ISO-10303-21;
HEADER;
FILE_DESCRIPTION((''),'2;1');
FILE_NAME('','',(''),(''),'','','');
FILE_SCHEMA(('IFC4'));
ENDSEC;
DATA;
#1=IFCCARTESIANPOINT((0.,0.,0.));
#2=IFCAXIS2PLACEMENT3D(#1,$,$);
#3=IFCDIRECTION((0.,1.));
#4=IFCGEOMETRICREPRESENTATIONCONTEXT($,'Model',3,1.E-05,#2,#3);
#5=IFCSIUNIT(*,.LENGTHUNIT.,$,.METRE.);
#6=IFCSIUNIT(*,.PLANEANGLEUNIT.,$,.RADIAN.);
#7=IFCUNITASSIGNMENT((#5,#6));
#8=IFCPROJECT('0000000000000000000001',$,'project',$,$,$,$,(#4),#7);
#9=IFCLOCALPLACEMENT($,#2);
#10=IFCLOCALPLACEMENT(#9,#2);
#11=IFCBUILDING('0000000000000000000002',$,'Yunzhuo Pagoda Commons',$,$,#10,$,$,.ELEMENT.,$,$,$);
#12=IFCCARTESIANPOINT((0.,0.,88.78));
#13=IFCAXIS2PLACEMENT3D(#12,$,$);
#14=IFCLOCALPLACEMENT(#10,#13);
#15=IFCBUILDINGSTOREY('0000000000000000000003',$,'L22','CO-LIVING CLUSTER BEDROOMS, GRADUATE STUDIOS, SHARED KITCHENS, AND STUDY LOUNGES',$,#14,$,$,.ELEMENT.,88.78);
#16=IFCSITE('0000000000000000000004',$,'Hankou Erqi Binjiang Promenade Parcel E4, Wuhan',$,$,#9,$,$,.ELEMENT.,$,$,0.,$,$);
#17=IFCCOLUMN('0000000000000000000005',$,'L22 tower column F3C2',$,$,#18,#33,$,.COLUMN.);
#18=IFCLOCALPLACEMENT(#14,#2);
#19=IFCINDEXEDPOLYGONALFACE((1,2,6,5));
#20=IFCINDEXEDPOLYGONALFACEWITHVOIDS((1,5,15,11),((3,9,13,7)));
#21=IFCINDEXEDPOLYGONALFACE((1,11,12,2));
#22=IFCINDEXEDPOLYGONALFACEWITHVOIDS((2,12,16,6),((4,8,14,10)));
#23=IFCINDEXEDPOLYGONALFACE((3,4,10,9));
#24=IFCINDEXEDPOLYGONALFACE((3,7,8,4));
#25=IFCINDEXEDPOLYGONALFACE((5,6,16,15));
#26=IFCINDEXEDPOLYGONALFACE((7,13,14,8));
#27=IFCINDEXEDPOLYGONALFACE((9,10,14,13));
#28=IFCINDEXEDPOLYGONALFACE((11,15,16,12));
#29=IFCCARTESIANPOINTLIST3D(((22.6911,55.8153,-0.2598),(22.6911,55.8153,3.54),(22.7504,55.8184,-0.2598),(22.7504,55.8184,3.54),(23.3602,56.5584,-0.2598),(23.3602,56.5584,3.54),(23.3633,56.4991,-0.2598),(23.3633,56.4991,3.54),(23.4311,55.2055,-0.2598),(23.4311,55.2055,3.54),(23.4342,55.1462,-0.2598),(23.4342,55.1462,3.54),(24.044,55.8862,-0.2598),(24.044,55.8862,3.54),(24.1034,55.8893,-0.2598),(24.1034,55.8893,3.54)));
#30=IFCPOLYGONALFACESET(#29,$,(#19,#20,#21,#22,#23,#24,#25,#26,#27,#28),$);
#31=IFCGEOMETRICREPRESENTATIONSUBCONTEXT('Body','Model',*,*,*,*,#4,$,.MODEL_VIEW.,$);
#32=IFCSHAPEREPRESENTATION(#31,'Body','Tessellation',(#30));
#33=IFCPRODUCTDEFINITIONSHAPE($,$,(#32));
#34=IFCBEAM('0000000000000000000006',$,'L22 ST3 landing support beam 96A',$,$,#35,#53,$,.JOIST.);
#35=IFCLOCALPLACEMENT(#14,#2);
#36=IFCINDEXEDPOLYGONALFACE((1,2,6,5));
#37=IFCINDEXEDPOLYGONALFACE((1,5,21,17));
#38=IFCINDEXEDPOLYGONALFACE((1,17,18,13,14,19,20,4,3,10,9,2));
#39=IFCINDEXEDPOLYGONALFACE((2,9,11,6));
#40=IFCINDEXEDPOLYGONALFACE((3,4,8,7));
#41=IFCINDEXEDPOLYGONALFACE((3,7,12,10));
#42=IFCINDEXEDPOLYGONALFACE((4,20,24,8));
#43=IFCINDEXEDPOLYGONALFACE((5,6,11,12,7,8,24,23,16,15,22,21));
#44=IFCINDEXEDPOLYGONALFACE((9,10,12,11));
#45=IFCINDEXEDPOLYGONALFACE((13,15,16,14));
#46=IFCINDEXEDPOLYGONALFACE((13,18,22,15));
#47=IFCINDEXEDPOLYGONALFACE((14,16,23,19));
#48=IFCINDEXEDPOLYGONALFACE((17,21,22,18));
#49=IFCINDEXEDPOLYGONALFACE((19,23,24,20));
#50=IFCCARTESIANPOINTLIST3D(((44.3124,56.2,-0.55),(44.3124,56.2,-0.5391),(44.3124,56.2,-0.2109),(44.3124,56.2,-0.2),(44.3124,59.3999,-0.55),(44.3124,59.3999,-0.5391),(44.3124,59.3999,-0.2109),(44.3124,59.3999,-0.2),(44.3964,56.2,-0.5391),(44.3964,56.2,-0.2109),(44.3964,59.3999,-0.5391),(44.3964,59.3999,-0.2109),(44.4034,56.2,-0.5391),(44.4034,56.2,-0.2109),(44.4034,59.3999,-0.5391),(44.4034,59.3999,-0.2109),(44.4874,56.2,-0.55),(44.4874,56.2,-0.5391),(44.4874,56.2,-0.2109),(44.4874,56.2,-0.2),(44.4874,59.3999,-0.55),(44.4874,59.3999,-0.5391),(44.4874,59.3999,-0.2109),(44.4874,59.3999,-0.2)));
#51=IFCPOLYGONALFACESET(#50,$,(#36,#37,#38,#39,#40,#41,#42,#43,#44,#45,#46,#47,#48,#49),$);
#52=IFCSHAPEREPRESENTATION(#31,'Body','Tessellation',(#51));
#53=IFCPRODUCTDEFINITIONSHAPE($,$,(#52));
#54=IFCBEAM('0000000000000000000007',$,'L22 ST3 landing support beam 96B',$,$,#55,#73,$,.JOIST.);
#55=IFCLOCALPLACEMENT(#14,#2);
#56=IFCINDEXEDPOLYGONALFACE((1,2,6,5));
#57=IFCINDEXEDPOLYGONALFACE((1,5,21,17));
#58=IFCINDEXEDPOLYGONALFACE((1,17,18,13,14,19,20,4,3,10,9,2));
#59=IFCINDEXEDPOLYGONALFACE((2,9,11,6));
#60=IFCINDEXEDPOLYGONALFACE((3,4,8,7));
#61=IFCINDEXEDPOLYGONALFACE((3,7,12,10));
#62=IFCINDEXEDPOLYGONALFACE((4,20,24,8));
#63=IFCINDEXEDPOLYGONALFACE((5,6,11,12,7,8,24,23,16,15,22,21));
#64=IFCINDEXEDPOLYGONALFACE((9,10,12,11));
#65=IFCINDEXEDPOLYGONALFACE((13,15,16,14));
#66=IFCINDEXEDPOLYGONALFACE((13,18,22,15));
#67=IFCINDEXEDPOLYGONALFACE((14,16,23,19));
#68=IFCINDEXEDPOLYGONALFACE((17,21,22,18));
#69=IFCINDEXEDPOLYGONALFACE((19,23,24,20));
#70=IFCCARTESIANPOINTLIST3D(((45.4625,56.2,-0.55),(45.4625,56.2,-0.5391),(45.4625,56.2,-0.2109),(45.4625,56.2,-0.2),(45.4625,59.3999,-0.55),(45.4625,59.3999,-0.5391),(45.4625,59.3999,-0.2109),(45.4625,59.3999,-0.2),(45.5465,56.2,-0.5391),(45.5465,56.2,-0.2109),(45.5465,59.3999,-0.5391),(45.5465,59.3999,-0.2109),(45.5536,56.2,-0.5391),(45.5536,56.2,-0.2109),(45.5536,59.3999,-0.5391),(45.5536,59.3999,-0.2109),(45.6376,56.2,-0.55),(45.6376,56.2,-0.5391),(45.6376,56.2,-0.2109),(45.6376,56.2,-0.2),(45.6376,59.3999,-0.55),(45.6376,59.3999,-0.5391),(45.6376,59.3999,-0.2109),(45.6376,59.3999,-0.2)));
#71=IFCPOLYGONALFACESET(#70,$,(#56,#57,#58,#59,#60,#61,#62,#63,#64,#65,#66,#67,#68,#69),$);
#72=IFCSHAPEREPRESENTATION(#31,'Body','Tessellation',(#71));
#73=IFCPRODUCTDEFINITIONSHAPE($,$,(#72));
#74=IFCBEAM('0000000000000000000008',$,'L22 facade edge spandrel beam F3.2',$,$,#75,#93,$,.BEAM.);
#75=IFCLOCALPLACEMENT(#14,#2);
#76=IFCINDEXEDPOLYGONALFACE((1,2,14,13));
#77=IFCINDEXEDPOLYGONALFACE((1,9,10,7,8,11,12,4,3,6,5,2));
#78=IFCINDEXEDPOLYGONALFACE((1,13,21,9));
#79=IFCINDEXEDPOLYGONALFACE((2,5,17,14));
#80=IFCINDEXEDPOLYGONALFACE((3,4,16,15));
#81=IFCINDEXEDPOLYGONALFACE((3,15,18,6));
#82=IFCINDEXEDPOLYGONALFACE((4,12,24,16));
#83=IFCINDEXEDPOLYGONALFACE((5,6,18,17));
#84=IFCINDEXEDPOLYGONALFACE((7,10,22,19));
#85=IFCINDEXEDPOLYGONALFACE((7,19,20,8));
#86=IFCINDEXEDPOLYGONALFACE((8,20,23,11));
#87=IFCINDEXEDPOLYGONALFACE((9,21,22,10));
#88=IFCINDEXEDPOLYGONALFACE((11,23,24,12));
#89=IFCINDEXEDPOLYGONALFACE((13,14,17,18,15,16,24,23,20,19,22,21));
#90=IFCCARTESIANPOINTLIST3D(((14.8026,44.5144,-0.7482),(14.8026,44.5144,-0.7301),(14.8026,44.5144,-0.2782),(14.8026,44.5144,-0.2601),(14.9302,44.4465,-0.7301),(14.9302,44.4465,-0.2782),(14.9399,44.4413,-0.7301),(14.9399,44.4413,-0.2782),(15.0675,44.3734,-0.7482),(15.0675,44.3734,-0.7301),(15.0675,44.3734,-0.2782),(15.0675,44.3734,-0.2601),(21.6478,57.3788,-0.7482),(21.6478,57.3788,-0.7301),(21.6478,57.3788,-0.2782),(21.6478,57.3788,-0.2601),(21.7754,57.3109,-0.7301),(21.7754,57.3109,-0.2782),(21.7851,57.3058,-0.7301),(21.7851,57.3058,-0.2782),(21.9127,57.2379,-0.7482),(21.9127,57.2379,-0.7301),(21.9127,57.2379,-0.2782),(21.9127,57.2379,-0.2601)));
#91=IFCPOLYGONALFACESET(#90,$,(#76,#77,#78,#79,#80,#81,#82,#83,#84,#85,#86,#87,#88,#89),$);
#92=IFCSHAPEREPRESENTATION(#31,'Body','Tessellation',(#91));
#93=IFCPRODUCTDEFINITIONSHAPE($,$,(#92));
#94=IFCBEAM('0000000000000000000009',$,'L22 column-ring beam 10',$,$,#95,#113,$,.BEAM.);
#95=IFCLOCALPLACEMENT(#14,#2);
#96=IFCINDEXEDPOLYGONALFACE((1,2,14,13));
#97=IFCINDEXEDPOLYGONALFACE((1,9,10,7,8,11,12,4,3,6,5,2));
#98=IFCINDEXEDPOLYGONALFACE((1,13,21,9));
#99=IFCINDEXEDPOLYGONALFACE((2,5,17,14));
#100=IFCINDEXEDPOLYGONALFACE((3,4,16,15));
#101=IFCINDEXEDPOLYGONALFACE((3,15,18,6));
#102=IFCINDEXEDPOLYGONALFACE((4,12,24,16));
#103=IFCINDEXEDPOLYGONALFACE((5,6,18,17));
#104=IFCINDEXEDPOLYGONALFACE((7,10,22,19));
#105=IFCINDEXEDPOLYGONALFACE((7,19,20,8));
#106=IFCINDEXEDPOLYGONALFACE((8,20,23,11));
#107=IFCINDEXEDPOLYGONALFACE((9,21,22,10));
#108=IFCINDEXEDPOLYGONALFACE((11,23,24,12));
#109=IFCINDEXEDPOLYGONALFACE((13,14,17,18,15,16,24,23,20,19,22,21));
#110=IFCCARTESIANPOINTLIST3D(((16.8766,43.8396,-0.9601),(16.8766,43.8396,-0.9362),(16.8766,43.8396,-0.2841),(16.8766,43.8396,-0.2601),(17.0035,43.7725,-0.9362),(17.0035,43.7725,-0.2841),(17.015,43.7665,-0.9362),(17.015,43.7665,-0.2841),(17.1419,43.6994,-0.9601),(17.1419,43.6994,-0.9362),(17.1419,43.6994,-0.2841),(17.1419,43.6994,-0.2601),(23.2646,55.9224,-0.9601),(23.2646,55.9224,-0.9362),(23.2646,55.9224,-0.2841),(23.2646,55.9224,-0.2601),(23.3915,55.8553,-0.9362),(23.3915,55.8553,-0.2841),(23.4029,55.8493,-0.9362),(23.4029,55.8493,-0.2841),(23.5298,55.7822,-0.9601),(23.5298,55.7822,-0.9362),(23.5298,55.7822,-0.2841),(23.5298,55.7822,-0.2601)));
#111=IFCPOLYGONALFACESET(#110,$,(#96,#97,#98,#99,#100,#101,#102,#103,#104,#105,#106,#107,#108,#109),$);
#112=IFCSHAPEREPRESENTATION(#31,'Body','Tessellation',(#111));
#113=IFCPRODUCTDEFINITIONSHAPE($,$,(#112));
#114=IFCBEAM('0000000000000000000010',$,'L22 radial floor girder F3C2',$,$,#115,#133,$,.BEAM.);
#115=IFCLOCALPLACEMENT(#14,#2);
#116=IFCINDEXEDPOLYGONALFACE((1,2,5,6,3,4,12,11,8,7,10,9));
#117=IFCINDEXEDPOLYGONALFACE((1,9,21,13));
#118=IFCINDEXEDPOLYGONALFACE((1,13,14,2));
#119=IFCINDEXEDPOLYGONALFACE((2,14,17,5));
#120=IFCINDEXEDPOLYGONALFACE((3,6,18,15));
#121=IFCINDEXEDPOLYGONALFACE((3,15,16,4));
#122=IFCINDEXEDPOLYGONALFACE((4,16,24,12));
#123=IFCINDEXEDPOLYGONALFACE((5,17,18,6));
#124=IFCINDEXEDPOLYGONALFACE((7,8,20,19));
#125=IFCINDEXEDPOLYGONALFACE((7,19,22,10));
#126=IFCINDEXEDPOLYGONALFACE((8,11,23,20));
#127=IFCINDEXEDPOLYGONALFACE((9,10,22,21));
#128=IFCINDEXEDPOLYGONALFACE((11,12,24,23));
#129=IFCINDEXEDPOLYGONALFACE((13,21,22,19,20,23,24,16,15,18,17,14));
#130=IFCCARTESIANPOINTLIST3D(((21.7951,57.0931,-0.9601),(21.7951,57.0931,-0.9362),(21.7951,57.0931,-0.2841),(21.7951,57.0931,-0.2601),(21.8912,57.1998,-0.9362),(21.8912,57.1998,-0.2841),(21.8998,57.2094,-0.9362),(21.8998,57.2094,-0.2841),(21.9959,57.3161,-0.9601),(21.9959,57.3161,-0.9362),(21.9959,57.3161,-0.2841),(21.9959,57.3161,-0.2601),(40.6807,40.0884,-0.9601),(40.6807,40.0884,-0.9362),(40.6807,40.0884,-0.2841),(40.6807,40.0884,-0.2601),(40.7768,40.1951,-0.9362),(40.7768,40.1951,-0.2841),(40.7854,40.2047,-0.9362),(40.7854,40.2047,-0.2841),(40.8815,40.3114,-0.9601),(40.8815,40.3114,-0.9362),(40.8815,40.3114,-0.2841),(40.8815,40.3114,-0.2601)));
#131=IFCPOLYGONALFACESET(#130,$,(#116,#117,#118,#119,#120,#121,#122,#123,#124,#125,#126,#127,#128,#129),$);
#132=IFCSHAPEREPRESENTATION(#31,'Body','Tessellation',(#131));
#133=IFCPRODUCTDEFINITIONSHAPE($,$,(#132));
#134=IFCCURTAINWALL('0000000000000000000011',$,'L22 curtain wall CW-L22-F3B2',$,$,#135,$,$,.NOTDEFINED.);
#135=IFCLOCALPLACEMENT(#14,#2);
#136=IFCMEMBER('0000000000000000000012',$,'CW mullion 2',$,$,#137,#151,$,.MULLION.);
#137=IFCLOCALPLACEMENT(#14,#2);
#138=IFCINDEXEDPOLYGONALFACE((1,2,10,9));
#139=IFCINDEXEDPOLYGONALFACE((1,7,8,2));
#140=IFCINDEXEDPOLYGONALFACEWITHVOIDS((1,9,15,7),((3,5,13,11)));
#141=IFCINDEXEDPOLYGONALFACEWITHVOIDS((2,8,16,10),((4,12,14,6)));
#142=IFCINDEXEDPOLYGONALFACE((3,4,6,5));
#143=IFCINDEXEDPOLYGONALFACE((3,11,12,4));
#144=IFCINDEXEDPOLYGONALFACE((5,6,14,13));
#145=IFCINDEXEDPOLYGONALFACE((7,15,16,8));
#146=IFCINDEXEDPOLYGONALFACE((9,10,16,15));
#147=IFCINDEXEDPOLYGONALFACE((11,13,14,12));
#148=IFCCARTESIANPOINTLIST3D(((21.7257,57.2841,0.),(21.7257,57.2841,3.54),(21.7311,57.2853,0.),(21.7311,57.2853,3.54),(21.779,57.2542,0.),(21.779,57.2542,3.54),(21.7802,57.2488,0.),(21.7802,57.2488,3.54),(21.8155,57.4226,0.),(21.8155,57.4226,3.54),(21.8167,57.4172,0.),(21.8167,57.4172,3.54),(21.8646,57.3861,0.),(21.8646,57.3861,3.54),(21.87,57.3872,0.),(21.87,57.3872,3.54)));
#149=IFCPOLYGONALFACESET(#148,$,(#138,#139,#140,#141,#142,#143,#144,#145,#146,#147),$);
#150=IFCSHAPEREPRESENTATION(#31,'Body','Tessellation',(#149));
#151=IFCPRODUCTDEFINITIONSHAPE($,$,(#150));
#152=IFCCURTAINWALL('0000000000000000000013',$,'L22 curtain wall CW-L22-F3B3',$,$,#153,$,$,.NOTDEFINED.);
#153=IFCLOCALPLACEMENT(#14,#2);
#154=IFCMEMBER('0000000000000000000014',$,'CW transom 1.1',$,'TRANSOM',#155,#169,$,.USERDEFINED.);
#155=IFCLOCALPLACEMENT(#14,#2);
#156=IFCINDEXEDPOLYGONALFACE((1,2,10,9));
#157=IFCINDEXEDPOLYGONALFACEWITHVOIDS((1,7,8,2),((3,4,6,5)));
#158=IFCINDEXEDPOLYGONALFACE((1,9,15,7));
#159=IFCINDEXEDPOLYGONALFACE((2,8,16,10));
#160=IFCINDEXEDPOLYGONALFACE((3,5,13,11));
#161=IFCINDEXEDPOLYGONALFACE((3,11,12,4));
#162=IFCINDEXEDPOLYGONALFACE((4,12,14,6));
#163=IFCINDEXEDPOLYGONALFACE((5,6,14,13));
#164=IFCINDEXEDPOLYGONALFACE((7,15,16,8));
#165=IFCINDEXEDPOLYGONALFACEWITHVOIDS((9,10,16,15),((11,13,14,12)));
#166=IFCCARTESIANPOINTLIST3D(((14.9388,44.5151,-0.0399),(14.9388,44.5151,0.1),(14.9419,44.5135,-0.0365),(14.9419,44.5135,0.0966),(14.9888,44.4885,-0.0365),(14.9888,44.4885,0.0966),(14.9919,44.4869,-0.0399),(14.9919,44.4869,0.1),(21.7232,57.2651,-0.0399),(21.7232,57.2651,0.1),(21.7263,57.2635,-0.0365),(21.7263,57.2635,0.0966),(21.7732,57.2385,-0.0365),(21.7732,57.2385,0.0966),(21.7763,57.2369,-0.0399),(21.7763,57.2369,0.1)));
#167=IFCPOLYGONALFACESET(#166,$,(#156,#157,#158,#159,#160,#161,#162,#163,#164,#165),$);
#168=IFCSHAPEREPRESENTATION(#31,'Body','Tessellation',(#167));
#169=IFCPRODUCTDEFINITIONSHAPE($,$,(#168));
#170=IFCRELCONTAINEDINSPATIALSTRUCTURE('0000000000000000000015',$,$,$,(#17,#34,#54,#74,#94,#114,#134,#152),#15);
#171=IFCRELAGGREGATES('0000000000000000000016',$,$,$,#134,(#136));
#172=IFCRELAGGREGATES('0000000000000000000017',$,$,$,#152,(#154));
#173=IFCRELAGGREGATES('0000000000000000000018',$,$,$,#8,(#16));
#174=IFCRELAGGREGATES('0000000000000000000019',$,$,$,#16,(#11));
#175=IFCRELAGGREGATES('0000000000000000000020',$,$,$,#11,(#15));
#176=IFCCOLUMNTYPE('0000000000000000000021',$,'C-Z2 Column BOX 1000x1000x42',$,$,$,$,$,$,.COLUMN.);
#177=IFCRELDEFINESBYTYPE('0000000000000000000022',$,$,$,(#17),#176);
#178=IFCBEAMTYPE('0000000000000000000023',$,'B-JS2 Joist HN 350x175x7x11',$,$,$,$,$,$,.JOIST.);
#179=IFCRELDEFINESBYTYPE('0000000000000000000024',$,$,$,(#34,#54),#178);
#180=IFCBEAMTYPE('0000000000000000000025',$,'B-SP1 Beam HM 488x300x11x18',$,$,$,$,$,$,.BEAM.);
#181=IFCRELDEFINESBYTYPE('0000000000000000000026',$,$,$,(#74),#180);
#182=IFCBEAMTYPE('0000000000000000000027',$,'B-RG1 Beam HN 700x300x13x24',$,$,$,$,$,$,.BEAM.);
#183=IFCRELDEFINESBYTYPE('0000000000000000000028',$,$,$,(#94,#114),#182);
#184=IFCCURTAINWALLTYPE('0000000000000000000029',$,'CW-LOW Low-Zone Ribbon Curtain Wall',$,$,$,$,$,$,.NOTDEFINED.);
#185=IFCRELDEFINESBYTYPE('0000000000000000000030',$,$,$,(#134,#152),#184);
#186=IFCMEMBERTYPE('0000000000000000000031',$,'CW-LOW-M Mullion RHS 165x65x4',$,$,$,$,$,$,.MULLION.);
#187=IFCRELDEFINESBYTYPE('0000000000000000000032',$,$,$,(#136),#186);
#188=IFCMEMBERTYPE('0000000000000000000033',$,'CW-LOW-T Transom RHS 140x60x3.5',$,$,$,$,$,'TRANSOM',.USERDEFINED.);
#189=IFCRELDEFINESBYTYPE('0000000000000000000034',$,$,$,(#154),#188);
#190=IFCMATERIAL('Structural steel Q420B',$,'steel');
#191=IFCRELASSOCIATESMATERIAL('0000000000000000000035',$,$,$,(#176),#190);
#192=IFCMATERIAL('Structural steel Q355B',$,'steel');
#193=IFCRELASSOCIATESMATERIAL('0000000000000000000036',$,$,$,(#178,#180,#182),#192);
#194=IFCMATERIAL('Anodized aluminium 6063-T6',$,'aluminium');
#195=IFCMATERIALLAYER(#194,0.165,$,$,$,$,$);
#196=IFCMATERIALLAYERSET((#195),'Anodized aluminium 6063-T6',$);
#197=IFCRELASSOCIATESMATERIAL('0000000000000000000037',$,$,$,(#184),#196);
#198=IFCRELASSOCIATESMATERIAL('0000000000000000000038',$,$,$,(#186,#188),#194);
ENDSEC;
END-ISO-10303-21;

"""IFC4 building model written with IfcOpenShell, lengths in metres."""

from ifc_helpers import new_model, si_unit, direction, frame, origin, origin_2d, place, context, subcontext, project, spatial, hollow_rectangle, i_section, extrude, source, transform, mapped, material, layer, layer_set, material_profile, profile_set, type_object, element, aggregate, save


model = new_model("IFC4")

# Units and contexts
model_context = context("Model", 3, precision=1e-05, world=origin(), true_north=direction((0.0, 1.0)))
body_context = subcontext(model_context, "Body", "Model", "MODEL_VIEW")
ifc_project = project(units=[si_unit("LENGTHUNIT", "METRE"), si_unit("PLANEANGLEUNIT", "RADIAN")], contexts=[model_context])

# Site, building, storey
site_placement = place(None, origin())
site = spatial("IfcSite", under=ifc_project, at=site_placement, Name="Hankou Erqi Binjiang Promenade Parcel E4, Wuhan", CompositionType="ELEMENT", RefElevation=0.0)
building_placement = place(site_placement, origin())
building = spatial("IfcBuilding", under=site, at=building_placement, Name="Yunzhuo Pagoda Commons", CompositionType="ELEMENT")
storey_placement = place(building_placement, frame((0.0, 0.0, 88.78)))
storey = spatial("IfcBuildingStorey", under=building, at=storey_placement, Name="L22", Description="CO-LIVING CLUSTER BEDROOMS, GRADUATE STUDIOS, SHARED KITCHENS, AND STUDY LOUNGES", CompositionType="ELEMENT", Elevation=88.78)

# Column
ifc_material_1 = material(Name="Structural steel Q420B", Category="steel")
ifc_material_profile_1 = material_profile(ifc_material_1, hollow_rectangle(XDim=1.0, YDim=1.0, WallThickness=0.042, at=origin_2d()), Name="Structural steel Q420B")
ifc_profile_set_1 = profile_set([ifc_material_profile_1], Name="Structural steel Q420B")
column_type = type_object("IfcColumnType", Name="C-Z2 Column BOX 1000x1000x42", PredefinedType="COLUMN", material=ifc_profile_set_1)
shared_shape_1 = source(origin(), body_context, "Body", "SweptSolid", [
    extrude(hollow_rectangle(XDim=1.0, YDim=1.0, WallThickness=0.042, at=origin_2d()), origin(), (0.0, 0.0, 1.0), 3.7998),
])
column_placement = place(storey_placement, frame((23.3972, 55.8523, -0.2598), z_axis=(0.0, 0.0, 1.0), x_axis=(-0.669131, -0.743145, 0.0)))
element("IfcColumn", 1, at=column_placement, inside=storey, type_object=column_type, Name="L22 tower column F3C2", PredefinedType="COLUMN", context=body_context, shape_type="MappedRepresentation", body=[
    mapped(shared_shape_1, transform((0.0, 0.0, 0.0), scale=1.0)),
])

# Beams
ifc_material_2 = material(Name="Structural steel Q355B", Category="steel")
ifc_material_profile_2 = material_profile(ifc_material_2, i_section(OverallWidth=0.175, OverallDepth=0.3501, WebThickness=0.0071, FlangeThickness=0.011, at=origin_2d()), Name="Structural steel Q355B")
ifc_profile_set_2 = profile_set([ifc_material_profile_2], Name="Structural steel Q355B")
beam_type_1 = type_object("IfcBeamType", Name="B-JS2 Joist HN 350x175x7x11", PredefinedType="JOIST", material=ifc_profile_set_2)
shared_shape_2 = source(origin(), body_context, "Body", "SweptSolid", [
    extrude(i_section(OverallWidth=0.175, OverallDepth=0.3501, WebThickness=0.0071, FlangeThickness=0.011, at=origin_2d()), origin(), (0.0, 0.0, 1.0), 3.2),
])
for number, where, z_axis, x_axis, name in (
    (2, (44.3999, 56.2, -0.375), (0.0, 1.0, 0.0), (-1.0, 0.0, 0.0), "L22 ST3 landing support beam 96A"),
    (3, (45.55, 56.2, -0.375), (0.0, 1.0, 0.0), (-1.0, 0.0, 0.0), "L22 ST3 landing support beam 96B"),
):
    element("IfcBeam", number, at=place(storey_placement, frame(where, z_axis=z_axis, x_axis=x_axis)), inside=storey, type_object=beam_type_1, Name=name, PredefinedType="JOIST", context=body_context, shape_type="MappedRepresentation", body=[
        mapped(shared_shape_2, transform((0.0, 0.0, 0.0), scale=1.0)),
    ])
ifc_material_profile_3 = material_profile(ifc_material_2, i_section(OverallWidth=0.3, OverallDepth=0.488, WebThickness=0.011, FlangeThickness=0.0181, at=origin_2d()), Name="Structural steel Q355B")
ifc_profile_set_3 = profile_set([ifc_material_profile_3], Name="Structural steel Q355B")
beam_type_2 = type_object("IfcBeamType", Name="B-SP1 Beam HM 488x300x11x18", PredefinedType="BEAM", material=ifc_profile_set_3)
shared_shape_3 = source(origin(), body_context, "Body", "SweptSolid", [
    extrude(i_section(OverallWidth=0.3, OverallDepth=0.488, WebThickness=0.011, FlangeThickness=0.0181, at=origin_2d()), origin(), (0.0, 0.0, 1.0), 14.5723),
])
beam_1_placement = place(storey_placement, frame((21.7803, 57.3083, -0.5042), z_axis=(-0.469741, -0.882804, 0.0), x_axis=(0.882804, -0.469741, 0.0)))
element("IfcBeam", 4, at=beam_1_placement, inside=storey, type_object=beam_type_2, Name="L22 facade edge spandrel beam F3.2", PredefinedType="BEAM", context=body_context, shape_type="MappedRepresentation", body=[
    mapped(shared_shape_3, transform((0.0, 0.0, 0.0), scale=1.0)),
])
ifc_material_profile_4 = material_profile(ifc_material_2, i_section(OverallWidth=0.3, OverallDepth=0.7, WebThickness=0.0129, FlangeThickness=0.0239, at=origin_2d()), Name="Structural steel Q355B")
ifc_profile_set_4 = profile_set([ifc_material_profile_4], Name="Structural steel Q355B")
beam_type_3 = type_object("IfcBeamType", Name="B-RG1 Beam HN 700x300x13x24", PredefinedType="BEAM", material=ifc_profile_set_4)
shared_shape_4 = source(origin(), body_context, "Body", "SweptSolid", [
    extrude(i_section(OverallWidth=0.3, OverallDepth=0.7, WebThickness=0.0129, FlangeThickness=0.0239, at=origin_2d()), origin(), (0.0, 0.0, 1.0), 13.6675),
])
beam_2_placement = place(storey_placement, frame((23.3972, 55.8523, -0.6101), z_axis=(-0.467384, -0.884055, 0.0), x_axis=(0.884055, -0.467384, 0.0)))
element("IfcBeam", 5, at=beam_2_placement, inside=storey, type_object=beam_type_3, Name="L22 column-ring beam 10", PredefinedType="BEAM", context=body_context, shape_type="MappedRepresentation", body=[
    mapped(shared_shape_4, transform((0.0, 0.0, 0.0), scale=1.0)),
])
shared_shape_5 = source(origin(), body_context, "Body", "SweptSolid", [
    extrude(i_section(OverallWidth=0.3, OverallDepth=0.7, WebThickness=0.0129, FlangeThickness=0.0239, at=origin_2d()), origin(), (0.0, 0.0, 1.0), 25.4131),
])
beam_3_placement = place(storey_placement, frame((21.8955, 57.2046, -0.6101), z_axis=(0.743144, -0.669132, 0.0), x_axis=(0.669132, 0.743144, 0.0)))
element("IfcBeam", 6, at=beam_3_placement, inside=storey, type_object=beam_type_3, Name="L22 radial floor girder F3C2", PredefinedType="BEAM", context=body_context, shape_type="MappedRepresentation", body=[
    mapped(shared_shape_5, transform((0.0, 0.0, 0.0), scale=1.0)),
])

# Curtain wall, member
ifc_material_3 = material(Name="Anodized aluminium 6063-T6", Category="aluminium")
ifc_layer_1 = layer(ifc_material_3, 0.165)
ifc_layer_set_1 = layer_set([ifc_layer_1], Name="Anodized aluminium 6063-T6")
curtain_wall_type = type_object("IfcCurtainWallType", Name="CW-LOW Low-Zone Ribbon Curtain Wall", PredefinedType="NOTDEFINED", material=ifc_layer_set_1)
curtain_wall_1_placement = place(storey_placement, origin())
curtain_wall_1 = element("IfcCurtainWall", 7, at=curtain_wall_1_placement, inside=storey, type_object=curtain_wall_type, Name="L22 curtain wall CW-L22-F3B2", PredefinedType="NOTDEFINED")
ifc_material_profile_5 = material_profile(ifc_material_3, hollow_rectangle(XDim=0.0649, YDim=0.165, WallThickness=0.0039, at=origin_2d()), Name="Anodized aluminium 6063-T6")
ifc_profile_set_5 = profile_set([ifc_material_profile_5], Name="Anodized aluminium 6063-T6")
member_type_1 = type_object("IfcMemberType", Name="CW-LOW-M Mullion RHS 165x65x4", PredefinedType="MULLION", material=ifc_profile_set_5)
shared_shape_6 = source(origin(), body_context, "Body", "SweptSolid", [
    extrude(hollow_rectangle(XDim=0.0649, YDim=0.165, WallThickness=0.0039, at=origin_2d()), origin(), (0.0, 0.0, 1.0), 3.54),
])
member_1_placement = place(storey_placement, frame((21.7979, 57.3357, 0.0), z_axis=(0.0, 0.0, 1.0), x_axis=(0.838907, -0.544275, 0.0)))
member_1 = element("IfcMember", 8, at=member_1_placement, type_object=member_type_1, Name="CW mullion 2", PredefinedType="MULLION", context=body_context, shape_type="MappedRepresentation", body=[
    mapped(shared_shape_6, transform((0.0, 0.0, 0.0), scale=1.0)),
])
aggregate(curtain_wall_1, [member_1])

# Curtain wall, member
curtain_wall_2_placement = place(storey_placement, origin())
curtain_wall_2 = element("IfcCurtainWall", 9, at=curtain_wall_2_placement, inside=storey, type_object=curtain_wall_type, Name="L22 curtain wall CW-L22-F3B3", PredefinedType="NOTDEFINED")
ifc_material_profile_6 = material_profile(ifc_material_3, hollow_rectangle(XDim=0.0601, YDim=0.1399, WallThickness=0.0034, at=origin_2d()), Name="Anodized aluminium 6063-T6")
ifc_profile_set_6 = profile_set([ifc_material_profile_6], Name="Anodized aluminium 6063-T6")
member_type_2 = type_object("IfcMemberType", Name="CW-LOW-T Transom RHS 140x60x3.5", ElementType="TRANSOM", PredefinedType="USERDEFINED", material=ifc_profile_set_6)
shared_shape_7 = source(origin(), body_context, "Body", "SweptSolid", [
    extrude(hollow_rectangle(XDim=0.0601, YDim=0.1399, WallThickness=0.0034, at=origin_2d()), origin(), (0.0, 0.0, 1.0), 14.4426),
])
member_2_placement = place(storey_placement, frame((21.7498, 57.251, 0.03), z_axis=(-0.469748, -0.8828, 0.0), x_axis=(0.8828, -0.469748, 0.0)))
member_2 = element("IfcMember", 10, at=member_2_placement, type_object=member_type_2, Name="CW transom 1.1", ObjectType="TRANSOM", PredefinedType="USERDEFINED", context=body_context, shape_type="MappedRepresentation", body=[
    mapped(shared_shape_7, transform((0.0, 0.0, 0.0), scale=1.0)),
])
aggregate(curtain_wall_2, [member_2])

save(model, "model.ifc")
